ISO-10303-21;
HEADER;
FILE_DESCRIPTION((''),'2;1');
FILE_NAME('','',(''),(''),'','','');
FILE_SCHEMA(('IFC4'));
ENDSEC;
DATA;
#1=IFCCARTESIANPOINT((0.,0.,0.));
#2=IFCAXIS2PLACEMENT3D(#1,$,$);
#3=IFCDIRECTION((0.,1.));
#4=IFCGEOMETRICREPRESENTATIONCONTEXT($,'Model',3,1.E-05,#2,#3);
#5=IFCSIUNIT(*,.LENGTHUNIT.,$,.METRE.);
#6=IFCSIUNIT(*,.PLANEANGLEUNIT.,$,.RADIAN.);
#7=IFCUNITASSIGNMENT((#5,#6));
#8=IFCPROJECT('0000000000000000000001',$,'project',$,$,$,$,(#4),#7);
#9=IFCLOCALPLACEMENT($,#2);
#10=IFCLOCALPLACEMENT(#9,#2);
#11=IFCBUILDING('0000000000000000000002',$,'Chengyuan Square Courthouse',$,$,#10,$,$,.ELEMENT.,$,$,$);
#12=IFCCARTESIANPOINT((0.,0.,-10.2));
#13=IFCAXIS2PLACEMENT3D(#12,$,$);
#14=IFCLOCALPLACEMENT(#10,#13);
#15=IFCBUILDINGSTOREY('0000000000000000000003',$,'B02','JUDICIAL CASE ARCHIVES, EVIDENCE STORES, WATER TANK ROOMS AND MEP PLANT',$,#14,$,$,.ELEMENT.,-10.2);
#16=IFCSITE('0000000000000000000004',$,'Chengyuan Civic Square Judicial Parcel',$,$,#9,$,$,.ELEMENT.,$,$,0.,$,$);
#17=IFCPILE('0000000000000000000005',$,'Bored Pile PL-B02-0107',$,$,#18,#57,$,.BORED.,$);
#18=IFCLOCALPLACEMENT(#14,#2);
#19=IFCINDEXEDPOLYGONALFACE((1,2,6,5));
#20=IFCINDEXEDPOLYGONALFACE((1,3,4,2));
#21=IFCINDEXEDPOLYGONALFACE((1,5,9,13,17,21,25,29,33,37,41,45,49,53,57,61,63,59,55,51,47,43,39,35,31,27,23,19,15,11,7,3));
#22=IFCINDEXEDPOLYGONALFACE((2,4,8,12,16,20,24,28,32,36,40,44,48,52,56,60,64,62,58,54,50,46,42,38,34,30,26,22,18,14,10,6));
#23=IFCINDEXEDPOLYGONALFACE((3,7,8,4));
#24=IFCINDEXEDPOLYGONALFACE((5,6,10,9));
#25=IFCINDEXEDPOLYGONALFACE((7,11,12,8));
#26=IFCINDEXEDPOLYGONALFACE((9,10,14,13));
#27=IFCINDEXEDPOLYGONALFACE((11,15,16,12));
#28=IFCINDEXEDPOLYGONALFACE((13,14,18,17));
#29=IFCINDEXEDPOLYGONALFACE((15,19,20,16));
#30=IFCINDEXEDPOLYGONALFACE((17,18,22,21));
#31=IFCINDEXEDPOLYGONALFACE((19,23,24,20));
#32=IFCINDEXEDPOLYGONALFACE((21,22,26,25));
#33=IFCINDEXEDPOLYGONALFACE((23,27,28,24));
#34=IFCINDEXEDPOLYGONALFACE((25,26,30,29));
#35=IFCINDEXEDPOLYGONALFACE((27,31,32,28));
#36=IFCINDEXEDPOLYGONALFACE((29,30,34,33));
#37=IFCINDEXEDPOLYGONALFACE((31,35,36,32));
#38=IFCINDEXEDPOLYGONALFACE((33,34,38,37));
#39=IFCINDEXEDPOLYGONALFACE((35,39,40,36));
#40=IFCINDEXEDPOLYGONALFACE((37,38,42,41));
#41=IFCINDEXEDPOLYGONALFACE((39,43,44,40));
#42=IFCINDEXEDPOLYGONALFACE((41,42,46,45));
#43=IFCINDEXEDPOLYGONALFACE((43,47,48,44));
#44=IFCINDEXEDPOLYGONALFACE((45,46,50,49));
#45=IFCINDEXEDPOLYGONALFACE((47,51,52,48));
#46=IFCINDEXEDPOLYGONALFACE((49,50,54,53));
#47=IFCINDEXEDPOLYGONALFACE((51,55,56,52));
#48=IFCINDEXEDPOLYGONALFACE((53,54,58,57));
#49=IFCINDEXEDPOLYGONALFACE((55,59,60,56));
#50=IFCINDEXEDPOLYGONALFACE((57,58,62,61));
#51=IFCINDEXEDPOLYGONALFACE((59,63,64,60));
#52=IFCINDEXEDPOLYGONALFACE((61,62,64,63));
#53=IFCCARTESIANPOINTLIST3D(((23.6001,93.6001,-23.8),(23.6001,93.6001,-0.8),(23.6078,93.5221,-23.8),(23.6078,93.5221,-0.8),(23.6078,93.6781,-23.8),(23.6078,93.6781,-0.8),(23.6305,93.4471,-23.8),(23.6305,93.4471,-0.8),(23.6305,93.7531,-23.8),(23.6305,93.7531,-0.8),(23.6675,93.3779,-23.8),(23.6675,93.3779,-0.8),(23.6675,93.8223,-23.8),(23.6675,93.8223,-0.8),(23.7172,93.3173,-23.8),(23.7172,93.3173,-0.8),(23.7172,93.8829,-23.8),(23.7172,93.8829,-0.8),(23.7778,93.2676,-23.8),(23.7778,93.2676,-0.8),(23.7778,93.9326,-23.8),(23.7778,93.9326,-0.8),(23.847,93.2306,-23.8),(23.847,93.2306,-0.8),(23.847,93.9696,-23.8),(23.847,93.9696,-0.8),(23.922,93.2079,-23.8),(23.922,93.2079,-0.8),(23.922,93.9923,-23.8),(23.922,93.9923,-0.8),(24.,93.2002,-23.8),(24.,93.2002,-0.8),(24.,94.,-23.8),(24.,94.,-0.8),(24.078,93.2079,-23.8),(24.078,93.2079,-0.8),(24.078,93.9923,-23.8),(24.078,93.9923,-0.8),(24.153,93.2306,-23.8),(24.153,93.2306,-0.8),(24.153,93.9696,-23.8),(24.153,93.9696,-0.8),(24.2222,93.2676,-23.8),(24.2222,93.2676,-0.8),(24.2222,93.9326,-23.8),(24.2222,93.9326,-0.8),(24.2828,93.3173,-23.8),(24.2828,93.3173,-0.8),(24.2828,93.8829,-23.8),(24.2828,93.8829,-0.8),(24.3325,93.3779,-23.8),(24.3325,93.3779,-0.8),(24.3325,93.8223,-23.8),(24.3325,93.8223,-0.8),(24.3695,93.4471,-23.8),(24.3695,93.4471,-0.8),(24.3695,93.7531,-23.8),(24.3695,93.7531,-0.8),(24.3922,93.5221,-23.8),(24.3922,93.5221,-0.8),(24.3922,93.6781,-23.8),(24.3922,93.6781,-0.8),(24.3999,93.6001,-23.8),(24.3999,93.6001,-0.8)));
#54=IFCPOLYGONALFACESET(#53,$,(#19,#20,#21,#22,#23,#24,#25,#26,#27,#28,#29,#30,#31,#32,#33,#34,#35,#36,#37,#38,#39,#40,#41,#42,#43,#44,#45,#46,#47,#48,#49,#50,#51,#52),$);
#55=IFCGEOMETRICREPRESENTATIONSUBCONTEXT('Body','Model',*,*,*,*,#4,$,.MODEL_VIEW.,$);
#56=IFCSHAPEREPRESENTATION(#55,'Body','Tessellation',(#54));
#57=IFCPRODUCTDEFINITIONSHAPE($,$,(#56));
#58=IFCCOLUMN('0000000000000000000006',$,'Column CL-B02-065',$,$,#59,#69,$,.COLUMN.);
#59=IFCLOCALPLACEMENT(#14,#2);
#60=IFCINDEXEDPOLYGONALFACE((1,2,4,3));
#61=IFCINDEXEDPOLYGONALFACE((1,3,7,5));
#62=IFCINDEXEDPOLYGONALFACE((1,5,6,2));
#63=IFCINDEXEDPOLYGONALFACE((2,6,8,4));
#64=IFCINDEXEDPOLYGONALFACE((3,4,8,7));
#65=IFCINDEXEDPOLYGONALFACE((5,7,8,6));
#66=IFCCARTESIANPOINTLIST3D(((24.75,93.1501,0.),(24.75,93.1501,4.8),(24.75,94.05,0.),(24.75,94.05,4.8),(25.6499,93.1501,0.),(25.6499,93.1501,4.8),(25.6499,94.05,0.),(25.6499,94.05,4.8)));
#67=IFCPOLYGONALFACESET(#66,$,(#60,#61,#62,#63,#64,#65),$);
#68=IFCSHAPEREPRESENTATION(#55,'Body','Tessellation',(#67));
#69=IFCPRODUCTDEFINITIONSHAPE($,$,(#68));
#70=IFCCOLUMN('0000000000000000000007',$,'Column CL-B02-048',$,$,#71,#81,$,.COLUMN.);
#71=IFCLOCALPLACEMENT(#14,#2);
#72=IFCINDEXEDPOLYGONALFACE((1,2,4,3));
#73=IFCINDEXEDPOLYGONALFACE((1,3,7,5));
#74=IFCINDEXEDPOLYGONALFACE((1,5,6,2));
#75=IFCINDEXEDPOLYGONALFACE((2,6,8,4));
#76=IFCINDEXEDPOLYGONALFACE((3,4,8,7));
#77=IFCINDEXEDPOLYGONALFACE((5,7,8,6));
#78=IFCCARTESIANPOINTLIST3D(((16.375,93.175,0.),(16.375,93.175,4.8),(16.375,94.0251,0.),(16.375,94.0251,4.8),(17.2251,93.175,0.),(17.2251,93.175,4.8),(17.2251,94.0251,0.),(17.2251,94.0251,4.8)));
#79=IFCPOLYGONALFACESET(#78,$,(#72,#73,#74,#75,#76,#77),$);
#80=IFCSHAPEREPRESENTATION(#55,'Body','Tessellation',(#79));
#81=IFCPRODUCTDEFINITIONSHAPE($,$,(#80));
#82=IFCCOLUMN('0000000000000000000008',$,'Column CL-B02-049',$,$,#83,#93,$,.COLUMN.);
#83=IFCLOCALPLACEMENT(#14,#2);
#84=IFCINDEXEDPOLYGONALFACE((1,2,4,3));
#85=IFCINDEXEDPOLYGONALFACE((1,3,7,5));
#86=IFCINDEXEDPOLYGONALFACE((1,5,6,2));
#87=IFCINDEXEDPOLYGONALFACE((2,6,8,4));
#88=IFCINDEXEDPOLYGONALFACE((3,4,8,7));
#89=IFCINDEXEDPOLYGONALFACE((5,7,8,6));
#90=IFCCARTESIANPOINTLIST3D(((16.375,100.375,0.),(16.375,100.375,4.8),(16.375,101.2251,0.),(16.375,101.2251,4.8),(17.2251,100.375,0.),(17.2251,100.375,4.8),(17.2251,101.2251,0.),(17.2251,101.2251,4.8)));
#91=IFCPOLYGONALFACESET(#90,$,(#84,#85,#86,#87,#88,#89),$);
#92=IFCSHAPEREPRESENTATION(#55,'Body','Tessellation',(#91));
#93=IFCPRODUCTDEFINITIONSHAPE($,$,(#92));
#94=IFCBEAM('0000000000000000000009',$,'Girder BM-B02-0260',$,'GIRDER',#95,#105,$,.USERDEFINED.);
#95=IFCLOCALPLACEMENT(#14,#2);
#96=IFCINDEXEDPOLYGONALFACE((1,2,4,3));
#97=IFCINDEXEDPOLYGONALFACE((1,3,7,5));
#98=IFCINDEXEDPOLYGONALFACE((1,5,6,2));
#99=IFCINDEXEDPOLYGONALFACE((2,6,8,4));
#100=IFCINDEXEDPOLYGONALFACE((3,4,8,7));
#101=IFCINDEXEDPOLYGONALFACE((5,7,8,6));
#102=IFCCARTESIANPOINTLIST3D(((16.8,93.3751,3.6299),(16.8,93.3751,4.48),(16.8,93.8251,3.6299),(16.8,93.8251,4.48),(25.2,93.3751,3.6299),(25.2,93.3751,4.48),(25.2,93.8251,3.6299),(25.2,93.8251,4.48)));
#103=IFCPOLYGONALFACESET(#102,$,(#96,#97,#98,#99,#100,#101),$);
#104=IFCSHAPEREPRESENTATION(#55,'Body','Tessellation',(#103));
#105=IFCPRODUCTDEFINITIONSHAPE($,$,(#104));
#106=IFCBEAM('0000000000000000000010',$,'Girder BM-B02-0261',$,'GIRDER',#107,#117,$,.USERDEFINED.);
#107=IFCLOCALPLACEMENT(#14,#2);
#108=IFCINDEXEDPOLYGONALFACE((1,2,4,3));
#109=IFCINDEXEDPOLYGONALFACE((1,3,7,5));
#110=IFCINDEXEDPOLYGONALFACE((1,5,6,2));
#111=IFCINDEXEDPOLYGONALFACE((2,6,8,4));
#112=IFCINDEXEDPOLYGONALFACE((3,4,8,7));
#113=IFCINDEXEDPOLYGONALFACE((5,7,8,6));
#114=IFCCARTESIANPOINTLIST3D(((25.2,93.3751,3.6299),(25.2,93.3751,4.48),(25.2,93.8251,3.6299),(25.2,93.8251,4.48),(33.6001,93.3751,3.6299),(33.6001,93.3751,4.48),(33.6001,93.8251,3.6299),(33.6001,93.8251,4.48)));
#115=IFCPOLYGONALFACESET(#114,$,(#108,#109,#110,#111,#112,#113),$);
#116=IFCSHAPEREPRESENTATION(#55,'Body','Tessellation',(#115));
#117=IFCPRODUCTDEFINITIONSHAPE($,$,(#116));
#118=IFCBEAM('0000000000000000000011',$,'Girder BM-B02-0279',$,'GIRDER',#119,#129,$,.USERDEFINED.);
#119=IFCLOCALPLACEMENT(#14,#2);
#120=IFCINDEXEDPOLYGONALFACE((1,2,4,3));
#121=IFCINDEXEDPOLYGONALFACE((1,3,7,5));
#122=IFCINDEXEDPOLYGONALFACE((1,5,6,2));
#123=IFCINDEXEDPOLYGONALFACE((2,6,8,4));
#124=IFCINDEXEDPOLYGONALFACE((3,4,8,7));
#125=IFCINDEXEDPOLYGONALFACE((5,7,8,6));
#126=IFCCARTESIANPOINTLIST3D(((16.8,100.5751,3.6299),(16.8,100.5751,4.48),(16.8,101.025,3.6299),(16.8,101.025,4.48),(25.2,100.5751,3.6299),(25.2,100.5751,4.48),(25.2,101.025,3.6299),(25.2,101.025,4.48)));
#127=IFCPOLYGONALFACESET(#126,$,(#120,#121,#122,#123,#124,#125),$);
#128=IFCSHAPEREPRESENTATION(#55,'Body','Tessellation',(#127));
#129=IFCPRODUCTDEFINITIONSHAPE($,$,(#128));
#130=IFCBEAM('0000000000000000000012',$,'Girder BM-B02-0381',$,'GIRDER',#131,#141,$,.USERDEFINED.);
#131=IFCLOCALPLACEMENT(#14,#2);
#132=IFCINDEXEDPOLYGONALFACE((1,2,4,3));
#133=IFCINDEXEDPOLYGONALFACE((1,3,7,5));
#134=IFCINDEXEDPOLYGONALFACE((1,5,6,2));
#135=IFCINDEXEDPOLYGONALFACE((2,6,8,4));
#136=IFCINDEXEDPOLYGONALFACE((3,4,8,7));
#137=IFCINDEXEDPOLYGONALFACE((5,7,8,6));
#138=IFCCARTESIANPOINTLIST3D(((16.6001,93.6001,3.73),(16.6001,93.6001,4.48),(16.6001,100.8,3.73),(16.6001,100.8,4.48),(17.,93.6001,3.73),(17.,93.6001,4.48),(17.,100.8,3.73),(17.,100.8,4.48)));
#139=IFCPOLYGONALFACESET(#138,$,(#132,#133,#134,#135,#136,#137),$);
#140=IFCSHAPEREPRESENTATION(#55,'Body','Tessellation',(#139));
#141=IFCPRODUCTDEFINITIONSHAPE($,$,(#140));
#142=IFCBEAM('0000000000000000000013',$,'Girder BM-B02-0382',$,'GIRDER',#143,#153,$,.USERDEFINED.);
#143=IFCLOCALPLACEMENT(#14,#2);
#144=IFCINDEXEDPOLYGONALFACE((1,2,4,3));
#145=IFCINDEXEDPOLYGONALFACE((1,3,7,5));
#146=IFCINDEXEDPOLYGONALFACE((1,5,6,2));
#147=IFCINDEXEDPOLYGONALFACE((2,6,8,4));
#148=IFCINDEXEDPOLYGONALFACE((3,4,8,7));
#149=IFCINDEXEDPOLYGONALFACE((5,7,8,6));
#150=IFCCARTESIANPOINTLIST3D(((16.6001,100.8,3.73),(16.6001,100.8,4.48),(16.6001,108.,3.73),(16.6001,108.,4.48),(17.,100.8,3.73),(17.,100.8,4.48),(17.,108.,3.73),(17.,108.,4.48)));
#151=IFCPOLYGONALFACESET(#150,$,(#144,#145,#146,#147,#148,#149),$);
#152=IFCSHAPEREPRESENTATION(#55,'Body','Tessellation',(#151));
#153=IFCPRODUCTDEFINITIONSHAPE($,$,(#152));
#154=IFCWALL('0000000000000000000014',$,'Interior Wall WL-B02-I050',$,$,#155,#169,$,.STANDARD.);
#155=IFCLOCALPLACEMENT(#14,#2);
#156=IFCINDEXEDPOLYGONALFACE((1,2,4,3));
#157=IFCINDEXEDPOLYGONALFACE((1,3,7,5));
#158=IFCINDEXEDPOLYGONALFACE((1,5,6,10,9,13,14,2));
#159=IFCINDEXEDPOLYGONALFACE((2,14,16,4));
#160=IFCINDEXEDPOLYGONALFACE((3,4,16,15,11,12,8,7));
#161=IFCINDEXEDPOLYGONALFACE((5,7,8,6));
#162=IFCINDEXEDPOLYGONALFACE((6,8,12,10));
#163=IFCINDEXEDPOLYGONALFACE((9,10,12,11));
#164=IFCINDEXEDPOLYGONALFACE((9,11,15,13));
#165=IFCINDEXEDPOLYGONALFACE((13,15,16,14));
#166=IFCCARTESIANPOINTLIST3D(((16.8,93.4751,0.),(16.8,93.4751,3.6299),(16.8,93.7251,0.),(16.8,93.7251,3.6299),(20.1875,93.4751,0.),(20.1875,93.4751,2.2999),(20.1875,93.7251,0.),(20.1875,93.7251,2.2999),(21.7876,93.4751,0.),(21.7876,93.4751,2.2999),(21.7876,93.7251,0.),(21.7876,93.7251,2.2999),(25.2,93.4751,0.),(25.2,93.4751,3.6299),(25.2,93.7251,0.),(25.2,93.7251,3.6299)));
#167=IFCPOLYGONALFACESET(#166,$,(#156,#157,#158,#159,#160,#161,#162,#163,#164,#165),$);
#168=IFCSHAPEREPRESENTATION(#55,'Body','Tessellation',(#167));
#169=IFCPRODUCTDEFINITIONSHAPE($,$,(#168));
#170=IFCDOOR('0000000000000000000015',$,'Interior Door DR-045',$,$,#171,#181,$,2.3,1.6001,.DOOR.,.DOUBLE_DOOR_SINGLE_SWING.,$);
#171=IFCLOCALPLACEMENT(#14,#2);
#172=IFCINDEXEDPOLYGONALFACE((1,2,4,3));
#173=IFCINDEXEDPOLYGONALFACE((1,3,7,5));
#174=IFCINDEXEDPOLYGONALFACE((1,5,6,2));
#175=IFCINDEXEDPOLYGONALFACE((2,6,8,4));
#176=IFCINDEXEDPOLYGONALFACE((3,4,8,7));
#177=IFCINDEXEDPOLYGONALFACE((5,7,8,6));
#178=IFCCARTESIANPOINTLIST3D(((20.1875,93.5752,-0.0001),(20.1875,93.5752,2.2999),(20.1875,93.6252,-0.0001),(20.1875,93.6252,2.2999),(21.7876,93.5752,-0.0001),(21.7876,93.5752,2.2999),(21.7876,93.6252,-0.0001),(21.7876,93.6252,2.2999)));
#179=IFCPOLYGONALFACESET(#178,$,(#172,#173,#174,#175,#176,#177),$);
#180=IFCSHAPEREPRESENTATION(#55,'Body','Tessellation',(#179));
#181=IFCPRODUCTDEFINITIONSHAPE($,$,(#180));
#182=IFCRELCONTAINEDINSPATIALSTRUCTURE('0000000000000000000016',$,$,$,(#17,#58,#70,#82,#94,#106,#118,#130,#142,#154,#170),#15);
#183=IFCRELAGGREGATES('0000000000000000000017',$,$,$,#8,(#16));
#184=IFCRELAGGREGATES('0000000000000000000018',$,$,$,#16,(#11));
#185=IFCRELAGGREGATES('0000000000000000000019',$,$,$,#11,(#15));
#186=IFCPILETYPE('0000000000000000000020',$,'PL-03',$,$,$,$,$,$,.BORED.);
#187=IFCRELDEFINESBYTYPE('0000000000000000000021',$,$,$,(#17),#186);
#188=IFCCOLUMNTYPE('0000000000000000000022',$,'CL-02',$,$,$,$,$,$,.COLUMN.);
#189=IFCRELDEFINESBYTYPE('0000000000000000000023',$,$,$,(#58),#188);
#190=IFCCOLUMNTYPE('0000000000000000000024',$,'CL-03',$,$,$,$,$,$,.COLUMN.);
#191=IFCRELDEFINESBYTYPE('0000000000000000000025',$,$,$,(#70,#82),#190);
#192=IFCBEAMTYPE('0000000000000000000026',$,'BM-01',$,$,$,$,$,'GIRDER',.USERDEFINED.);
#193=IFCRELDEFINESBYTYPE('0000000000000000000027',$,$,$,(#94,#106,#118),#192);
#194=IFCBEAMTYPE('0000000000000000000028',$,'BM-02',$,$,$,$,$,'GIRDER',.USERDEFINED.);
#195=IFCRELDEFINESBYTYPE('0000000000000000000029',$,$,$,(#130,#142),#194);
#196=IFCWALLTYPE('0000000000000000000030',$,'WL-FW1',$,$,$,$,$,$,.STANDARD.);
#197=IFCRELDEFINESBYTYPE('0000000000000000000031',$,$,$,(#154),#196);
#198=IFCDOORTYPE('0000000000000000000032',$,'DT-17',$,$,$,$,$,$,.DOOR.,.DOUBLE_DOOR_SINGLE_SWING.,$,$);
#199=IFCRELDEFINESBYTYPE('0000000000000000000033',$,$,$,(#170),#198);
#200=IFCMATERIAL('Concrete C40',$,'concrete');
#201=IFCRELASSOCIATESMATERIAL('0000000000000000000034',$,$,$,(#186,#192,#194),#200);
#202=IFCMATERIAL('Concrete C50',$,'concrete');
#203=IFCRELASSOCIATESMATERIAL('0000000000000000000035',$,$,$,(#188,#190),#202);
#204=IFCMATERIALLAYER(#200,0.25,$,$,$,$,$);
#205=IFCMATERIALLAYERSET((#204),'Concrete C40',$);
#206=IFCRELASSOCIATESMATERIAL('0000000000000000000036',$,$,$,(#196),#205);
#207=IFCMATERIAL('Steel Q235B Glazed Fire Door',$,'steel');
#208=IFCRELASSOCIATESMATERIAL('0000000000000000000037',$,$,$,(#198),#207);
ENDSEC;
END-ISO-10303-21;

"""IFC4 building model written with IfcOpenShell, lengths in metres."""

from ifc_helpers import new_model, si_unit, direction, frame, frame_2d, origin, origin_2d, place, context, subcontext, project, spatial, rectangle, circle, extrude, material, layer, layer_set, material_profile, profile_set, type_object, element, fill, save


model = new_model("IFC4")

# Units and contexts
model_context = context("Model", 3, precision=1e-05, world=origin(), true_north=direction((0.0, 1.0)))
body_context = subcontext(model_context, "Body", "Model", "MODEL_VIEW")
ifc_project = project(units=[si_unit("LENGTHUNIT", "METRE"), si_unit("PLANEANGLEUNIT", "RADIAN")], contexts=[model_context])

# Site, building, storey
site_placement = place(None, origin())
site = spatial("IfcSite", under=ifc_project, at=site_placement, Name="Chengyuan Civic Square Judicial Parcel", CompositionType="ELEMENT", RefElevation=0.0)
building_placement = place(site_placement, origin())
building = spatial("IfcBuilding", under=site, at=building_placement, Name="Chengyuan Square Courthouse", CompositionType="ELEMENT")
storey_placement = place(building_placement, frame((0.0, 0.0, -10.2)))
storey = spatial("IfcBuildingStorey", under=building, at=storey_placement, Name="B02", Description="JUDICIAL CASE ARCHIVES, EVIDENCE STORES, WATER TANK ROOMS AND MEP PLANT", CompositionType="ELEMENT", Elevation=-10.2)

# Shared definitions
ifc_material_1 = material(Name="Concrete C40", Category="concrete")

# Pile
ifc_material_profile_1 = material_profile(ifc_material_1, circle(Radius=0.3999, at=origin_2d()), Name="BORED PILE D800")
ifc_profile_set_1 = profile_set([ifc_material_profile_1], Name="Concrete C40")
pile_type_1 = type_object("IfcPileType", Name="PL-03", PredefinedType="BORED", material=ifc_profile_set_1)
for number, where, z_axis, x_axis, name in (
    (1, (24.0, 93.6001, -0.8), (0.0, 0.0, -1.0), (1.0, 0.0, 0.0), "Bored Pile PL-B02-0107"),
):
    element("IfcPile", number, at=place(storey_placement, frame(where, z_axis=z_axis, x_axis=x_axis)), inside=storey, type_object=pile_type_1, Name=name, PredefinedType="BORED", context=body_context, shape_type="SweptSolid", body=[
        extrude(circle(Radius=0.3999, at=origin_2d()), origin(), (0.0, 0.0, 1.0), 23.0),
    ])

# Columns
ifc_material_2 = material(Name="Concrete C50", Category="concrete")
ifc_material_profile_2 = material_profile(ifc_material_2, rectangle(XDim=0.8999, YDim=0.8999, at=origin_2d()), Name="RC-COL-900x900")
ifc_profile_set_2 = profile_set([ifc_material_profile_2], Name="Concrete C50")
column_type_1 = type_object("IfcColumnType", Name="CL-02", PredefinedType="COLUMN", material=ifc_profile_set_2)
column_placement = place(storey_placement, frame((25.2, 93.6001, 0.0), z_axis=(0.0, 0.0, 1.0), x_axis=(1.0, 0.0, 0.0)))
element("IfcColumn", 2, at=column_placement, inside=storey, type_object=column_type_1, Name="Column CL-B02-065", PredefinedType="COLUMN", context=body_context, shape_type="SweptSolid", body=[
    extrude(rectangle(XDim=0.8999, YDim=0.8999, at=origin_2d()), origin(), (0.0, 0.0, 1.0), 4.8),
])
ifc_material_profile_3 = material_profile(ifc_material_2, rectangle(XDim=0.8501, YDim=0.8501, at=origin_2d()), Name="RC-COL-850x850")
ifc_profile_set_3 = profile_set([ifc_material_profile_3], Name="Concrete C50")
column_type_2 = type_object("IfcColumnType", Name="CL-03", PredefinedType="COLUMN", material=ifc_profile_set_3)
for number, where, z_axis, x_axis, name in (
    (3, (16.8, 93.6001, 0.0), (0.0, 0.0, 1.0), (1.0, 0.0, 0.0), "Column CL-B02-048"),
    (4, (16.8, 100.8, 0.0), (0.0, 0.0, 1.0), (1.0, 0.0, 0.0), "Column CL-B02-049"),
):
    element("IfcColumn", number, at=place(storey_placement, frame(where, z_axis=z_axis, x_axis=x_axis)), inside=storey, type_object=column_type_2, Name=name, PredefinedType="COLUMN", context=body_context, shape_type="SweptSolid", body=[
        extrude(rectangle(XDim=0.8501, YDim=0.8501, at=origin_2d()), origin(), (0.0, 0.0, 1.0), 4.8),
    ])

# Beams
ifc_material_profile_4 = material_profile(ifc_material_1, rectangle(XDim=0.45, YDim=0.8501, at=origin_2d()), Name="RC-BM-450x850")
ifc_profile_set_4 = profile_set([ifc_material_profile_4], Name="Concrete C40")
beam_type_1 = type_object("IfcBeamType", Name="BM-01", ElementType="GIRDER", PredefinedType="USERDEFINED", material=ifc_profile_set_4)
beam_1_placement = place(storey_placement, frame((16.8, 93.6001, 4.0549), z_axis=(1.0, 0.0, 0.0), x_axis=(0.0, 1.0, 0.0)))
element("IfcBeam", 5, at=beam_1_placement, inside=storey, type_object=beam_type_1, Name="Girder BM-B02-0260", ObjectType="GIRDER", PredefinedType="USERDEFINED", context=body_context, shape_type="SweptSolid", body=[
    extrude(rectangle(XDim=0.45, YDim=0.8501, at=origin_2d()), origin(), (0.0, 0.0, 1.0), 8.3999),
])
beam_2_placement = place(storey_placement, frame((25.2, 93.6001, 4.0549), z_axis=(1.0, 0.0, 0.0), x_axis=(0.0, 1.0, 0.0)))
element("IfcBeam", 6, at=beam_2_placement, inside=storey, type_object=beam_type_1, Name="Girder BM-B02-0261", ObjectType="GIRDER", PredefinedType="USERDEFINED", context=body_context, shape_type="SweptSolid", body=[
    extrude(rectangle(XDim=0.45, YDim=0.8501, at=origin_2d()), origin(), (0.0, 0.0, 1.0), 8.4001),
])
beam_3_placement = place(storey_placement, frame((16.8, 100.8, 4.0549), z_axis=(1.0, 0.0, 0.0), x_axis=(0.0, 1.0, 0.0)))
element("IfcBeam", 7, at=beam_3_placement, inside=storey, type_object=beam_type_1, Name="Girder BM-B02-0279", ObjectType="GIRDER", PredefinedType="USERDEFINED", context=body_context, shape_type="SweptSolid", body=[
    extrude(rectangle(XDim=0.45, YDim=0.8501, at=origin_2d()), origin(), (0.0, 0.0, 1.0), 8.3999),
])
ifc_material_profile_5 = material_profile(ifc_material_1, rectangle(XDim=0.3999, YDim=0.75, at=origin_2d()), Name="RC-BM-400x750")
ifc_profile_set_5 = profile_set([ifc_material_profile_5], Name="Concrete C40")
beam_type_2 = type_object("IfcBeamType", Name="BM-02", ElementType="GIRDER", PredefinedType="USERDEFINED", material=ifc_profile_set_5)
for number, where, z_axis, x_axis, name in (
    (8, (16.8, 93.6001, 4.105), (0.0, 1.0, 0.0), (-1.0, 0.0, 0.0), "Girder BM-B02-0381"),
    (9, (16.8, 100.8, 4.105), (0.0, 1.0, 0.0), (-1.0, 0.0, 0.0), "Girder BM-B02-0382"),
):
    element("IfcBeam", number, at=place(storey_placement, frame(where, z_axis=z_axis, x_axis=x_axis)), inside=storey, type_object=beam_type_2, Name=name, ObjectType="GIRDER", PredefinedType="USERDEFINED", context=body_context, shape_type="SweptSolid", body=[
        extrude(rectangle(XDim=0.3999, YDim=0.75, at=origin_2d()), origin(), (0.0, 0.0, 1.0), 7.2),
    ])

# Wall, opening, door
ifc_layer_1 = layer(ifc_material_1, 0.25)
ifc_layer_set_1 = layer_set([ifc_layer_1], Name="Concrete C40")
wall_type_1 = type_object("IfcWallType", Name="WL-FW1", PredefinedType="STANDARD", material=ifc_layer_set_1)
wall_1_placement = place(storey_placement, frame((16.8, 93.6001, 0.0), z_axis=(0.0, 0.0, 1.0), x_axis=(1.0, 0.0, 0.0)))
wall_1 = element("IfcWall", 10, at=wall_1_placement, inside=storey, type_object=wall_type_1, Name="Interior Wall WL-B02-I050", PredefinedType="STANDARD", context=body_context, shape_type="SweptSolid", body=[
    extrude(rectangle(XDim=8.3999, YDim=0.25, at=frame_2d((4.2, 0.0))), origin(), (0.0, 0.0, 1.0), 3.6299),
])
opening_placement = place(wall_1_placement, frame((3.3875, 0.0, 0.0)))
opening = element("IfcOpeningElement", 11, at=opening_placement, cuts=wall_1, PredefinedType="OPENING", context=body_context, shape_type="SweptSolid", body=[
    extrude(rectangle(XDim=1.6001, YDim=2.3, at=frame_2d((0.8, 1.1499))), frame((0.0, 0.137, 0.0), z_axis=(0.0, -1.0, 0.0), x_axis=(1.0, 0.0, 0.0)), (0.0, 0.0, 1.0), 0.2739),
])
ifc_material_3 = material(Name="Steel Q235B Glazed Fire Door", Category="steel")
door_type = type_object("IfcDoorType", Name="DT-17", OperationType="DOUBLE_DOOR_SINGLE_SWING", PredefinedType="DOOR", material=ifc_material_3)
door_placement = place(opening_placement, frame((1.6001, 0.0, 0.0), z_axis=(0.0, 0.0, 1.0), x_axis=(-1.0, 0.0, 0.0)))
door = element("IfcDoor", 12, at=door_placement, inside=storey, type_object=door_type, Name="Interior Door DR-045", OperationType="DOUBLE_DOOR_SINGLE_SWING", OverallHeight=2.3, OverallWidth=1.6001, PredefinedType="DOOR", context=body_context, shape_type="SweptSolid", body=[
    extrude(rectangle(XDim=1.6001, YDim=2.3, at=frame_2d((0.8, 1.1499))), frame((0.0, 0.0249, 0.0), z_axis=(0.0, -1.0, 0.0), x_axis=(1.0, 0.0, 0.0)), (0.0, 0.0, 1.0), 0.05),
])
fill(opening, door)

save(model, "model.ifc")
